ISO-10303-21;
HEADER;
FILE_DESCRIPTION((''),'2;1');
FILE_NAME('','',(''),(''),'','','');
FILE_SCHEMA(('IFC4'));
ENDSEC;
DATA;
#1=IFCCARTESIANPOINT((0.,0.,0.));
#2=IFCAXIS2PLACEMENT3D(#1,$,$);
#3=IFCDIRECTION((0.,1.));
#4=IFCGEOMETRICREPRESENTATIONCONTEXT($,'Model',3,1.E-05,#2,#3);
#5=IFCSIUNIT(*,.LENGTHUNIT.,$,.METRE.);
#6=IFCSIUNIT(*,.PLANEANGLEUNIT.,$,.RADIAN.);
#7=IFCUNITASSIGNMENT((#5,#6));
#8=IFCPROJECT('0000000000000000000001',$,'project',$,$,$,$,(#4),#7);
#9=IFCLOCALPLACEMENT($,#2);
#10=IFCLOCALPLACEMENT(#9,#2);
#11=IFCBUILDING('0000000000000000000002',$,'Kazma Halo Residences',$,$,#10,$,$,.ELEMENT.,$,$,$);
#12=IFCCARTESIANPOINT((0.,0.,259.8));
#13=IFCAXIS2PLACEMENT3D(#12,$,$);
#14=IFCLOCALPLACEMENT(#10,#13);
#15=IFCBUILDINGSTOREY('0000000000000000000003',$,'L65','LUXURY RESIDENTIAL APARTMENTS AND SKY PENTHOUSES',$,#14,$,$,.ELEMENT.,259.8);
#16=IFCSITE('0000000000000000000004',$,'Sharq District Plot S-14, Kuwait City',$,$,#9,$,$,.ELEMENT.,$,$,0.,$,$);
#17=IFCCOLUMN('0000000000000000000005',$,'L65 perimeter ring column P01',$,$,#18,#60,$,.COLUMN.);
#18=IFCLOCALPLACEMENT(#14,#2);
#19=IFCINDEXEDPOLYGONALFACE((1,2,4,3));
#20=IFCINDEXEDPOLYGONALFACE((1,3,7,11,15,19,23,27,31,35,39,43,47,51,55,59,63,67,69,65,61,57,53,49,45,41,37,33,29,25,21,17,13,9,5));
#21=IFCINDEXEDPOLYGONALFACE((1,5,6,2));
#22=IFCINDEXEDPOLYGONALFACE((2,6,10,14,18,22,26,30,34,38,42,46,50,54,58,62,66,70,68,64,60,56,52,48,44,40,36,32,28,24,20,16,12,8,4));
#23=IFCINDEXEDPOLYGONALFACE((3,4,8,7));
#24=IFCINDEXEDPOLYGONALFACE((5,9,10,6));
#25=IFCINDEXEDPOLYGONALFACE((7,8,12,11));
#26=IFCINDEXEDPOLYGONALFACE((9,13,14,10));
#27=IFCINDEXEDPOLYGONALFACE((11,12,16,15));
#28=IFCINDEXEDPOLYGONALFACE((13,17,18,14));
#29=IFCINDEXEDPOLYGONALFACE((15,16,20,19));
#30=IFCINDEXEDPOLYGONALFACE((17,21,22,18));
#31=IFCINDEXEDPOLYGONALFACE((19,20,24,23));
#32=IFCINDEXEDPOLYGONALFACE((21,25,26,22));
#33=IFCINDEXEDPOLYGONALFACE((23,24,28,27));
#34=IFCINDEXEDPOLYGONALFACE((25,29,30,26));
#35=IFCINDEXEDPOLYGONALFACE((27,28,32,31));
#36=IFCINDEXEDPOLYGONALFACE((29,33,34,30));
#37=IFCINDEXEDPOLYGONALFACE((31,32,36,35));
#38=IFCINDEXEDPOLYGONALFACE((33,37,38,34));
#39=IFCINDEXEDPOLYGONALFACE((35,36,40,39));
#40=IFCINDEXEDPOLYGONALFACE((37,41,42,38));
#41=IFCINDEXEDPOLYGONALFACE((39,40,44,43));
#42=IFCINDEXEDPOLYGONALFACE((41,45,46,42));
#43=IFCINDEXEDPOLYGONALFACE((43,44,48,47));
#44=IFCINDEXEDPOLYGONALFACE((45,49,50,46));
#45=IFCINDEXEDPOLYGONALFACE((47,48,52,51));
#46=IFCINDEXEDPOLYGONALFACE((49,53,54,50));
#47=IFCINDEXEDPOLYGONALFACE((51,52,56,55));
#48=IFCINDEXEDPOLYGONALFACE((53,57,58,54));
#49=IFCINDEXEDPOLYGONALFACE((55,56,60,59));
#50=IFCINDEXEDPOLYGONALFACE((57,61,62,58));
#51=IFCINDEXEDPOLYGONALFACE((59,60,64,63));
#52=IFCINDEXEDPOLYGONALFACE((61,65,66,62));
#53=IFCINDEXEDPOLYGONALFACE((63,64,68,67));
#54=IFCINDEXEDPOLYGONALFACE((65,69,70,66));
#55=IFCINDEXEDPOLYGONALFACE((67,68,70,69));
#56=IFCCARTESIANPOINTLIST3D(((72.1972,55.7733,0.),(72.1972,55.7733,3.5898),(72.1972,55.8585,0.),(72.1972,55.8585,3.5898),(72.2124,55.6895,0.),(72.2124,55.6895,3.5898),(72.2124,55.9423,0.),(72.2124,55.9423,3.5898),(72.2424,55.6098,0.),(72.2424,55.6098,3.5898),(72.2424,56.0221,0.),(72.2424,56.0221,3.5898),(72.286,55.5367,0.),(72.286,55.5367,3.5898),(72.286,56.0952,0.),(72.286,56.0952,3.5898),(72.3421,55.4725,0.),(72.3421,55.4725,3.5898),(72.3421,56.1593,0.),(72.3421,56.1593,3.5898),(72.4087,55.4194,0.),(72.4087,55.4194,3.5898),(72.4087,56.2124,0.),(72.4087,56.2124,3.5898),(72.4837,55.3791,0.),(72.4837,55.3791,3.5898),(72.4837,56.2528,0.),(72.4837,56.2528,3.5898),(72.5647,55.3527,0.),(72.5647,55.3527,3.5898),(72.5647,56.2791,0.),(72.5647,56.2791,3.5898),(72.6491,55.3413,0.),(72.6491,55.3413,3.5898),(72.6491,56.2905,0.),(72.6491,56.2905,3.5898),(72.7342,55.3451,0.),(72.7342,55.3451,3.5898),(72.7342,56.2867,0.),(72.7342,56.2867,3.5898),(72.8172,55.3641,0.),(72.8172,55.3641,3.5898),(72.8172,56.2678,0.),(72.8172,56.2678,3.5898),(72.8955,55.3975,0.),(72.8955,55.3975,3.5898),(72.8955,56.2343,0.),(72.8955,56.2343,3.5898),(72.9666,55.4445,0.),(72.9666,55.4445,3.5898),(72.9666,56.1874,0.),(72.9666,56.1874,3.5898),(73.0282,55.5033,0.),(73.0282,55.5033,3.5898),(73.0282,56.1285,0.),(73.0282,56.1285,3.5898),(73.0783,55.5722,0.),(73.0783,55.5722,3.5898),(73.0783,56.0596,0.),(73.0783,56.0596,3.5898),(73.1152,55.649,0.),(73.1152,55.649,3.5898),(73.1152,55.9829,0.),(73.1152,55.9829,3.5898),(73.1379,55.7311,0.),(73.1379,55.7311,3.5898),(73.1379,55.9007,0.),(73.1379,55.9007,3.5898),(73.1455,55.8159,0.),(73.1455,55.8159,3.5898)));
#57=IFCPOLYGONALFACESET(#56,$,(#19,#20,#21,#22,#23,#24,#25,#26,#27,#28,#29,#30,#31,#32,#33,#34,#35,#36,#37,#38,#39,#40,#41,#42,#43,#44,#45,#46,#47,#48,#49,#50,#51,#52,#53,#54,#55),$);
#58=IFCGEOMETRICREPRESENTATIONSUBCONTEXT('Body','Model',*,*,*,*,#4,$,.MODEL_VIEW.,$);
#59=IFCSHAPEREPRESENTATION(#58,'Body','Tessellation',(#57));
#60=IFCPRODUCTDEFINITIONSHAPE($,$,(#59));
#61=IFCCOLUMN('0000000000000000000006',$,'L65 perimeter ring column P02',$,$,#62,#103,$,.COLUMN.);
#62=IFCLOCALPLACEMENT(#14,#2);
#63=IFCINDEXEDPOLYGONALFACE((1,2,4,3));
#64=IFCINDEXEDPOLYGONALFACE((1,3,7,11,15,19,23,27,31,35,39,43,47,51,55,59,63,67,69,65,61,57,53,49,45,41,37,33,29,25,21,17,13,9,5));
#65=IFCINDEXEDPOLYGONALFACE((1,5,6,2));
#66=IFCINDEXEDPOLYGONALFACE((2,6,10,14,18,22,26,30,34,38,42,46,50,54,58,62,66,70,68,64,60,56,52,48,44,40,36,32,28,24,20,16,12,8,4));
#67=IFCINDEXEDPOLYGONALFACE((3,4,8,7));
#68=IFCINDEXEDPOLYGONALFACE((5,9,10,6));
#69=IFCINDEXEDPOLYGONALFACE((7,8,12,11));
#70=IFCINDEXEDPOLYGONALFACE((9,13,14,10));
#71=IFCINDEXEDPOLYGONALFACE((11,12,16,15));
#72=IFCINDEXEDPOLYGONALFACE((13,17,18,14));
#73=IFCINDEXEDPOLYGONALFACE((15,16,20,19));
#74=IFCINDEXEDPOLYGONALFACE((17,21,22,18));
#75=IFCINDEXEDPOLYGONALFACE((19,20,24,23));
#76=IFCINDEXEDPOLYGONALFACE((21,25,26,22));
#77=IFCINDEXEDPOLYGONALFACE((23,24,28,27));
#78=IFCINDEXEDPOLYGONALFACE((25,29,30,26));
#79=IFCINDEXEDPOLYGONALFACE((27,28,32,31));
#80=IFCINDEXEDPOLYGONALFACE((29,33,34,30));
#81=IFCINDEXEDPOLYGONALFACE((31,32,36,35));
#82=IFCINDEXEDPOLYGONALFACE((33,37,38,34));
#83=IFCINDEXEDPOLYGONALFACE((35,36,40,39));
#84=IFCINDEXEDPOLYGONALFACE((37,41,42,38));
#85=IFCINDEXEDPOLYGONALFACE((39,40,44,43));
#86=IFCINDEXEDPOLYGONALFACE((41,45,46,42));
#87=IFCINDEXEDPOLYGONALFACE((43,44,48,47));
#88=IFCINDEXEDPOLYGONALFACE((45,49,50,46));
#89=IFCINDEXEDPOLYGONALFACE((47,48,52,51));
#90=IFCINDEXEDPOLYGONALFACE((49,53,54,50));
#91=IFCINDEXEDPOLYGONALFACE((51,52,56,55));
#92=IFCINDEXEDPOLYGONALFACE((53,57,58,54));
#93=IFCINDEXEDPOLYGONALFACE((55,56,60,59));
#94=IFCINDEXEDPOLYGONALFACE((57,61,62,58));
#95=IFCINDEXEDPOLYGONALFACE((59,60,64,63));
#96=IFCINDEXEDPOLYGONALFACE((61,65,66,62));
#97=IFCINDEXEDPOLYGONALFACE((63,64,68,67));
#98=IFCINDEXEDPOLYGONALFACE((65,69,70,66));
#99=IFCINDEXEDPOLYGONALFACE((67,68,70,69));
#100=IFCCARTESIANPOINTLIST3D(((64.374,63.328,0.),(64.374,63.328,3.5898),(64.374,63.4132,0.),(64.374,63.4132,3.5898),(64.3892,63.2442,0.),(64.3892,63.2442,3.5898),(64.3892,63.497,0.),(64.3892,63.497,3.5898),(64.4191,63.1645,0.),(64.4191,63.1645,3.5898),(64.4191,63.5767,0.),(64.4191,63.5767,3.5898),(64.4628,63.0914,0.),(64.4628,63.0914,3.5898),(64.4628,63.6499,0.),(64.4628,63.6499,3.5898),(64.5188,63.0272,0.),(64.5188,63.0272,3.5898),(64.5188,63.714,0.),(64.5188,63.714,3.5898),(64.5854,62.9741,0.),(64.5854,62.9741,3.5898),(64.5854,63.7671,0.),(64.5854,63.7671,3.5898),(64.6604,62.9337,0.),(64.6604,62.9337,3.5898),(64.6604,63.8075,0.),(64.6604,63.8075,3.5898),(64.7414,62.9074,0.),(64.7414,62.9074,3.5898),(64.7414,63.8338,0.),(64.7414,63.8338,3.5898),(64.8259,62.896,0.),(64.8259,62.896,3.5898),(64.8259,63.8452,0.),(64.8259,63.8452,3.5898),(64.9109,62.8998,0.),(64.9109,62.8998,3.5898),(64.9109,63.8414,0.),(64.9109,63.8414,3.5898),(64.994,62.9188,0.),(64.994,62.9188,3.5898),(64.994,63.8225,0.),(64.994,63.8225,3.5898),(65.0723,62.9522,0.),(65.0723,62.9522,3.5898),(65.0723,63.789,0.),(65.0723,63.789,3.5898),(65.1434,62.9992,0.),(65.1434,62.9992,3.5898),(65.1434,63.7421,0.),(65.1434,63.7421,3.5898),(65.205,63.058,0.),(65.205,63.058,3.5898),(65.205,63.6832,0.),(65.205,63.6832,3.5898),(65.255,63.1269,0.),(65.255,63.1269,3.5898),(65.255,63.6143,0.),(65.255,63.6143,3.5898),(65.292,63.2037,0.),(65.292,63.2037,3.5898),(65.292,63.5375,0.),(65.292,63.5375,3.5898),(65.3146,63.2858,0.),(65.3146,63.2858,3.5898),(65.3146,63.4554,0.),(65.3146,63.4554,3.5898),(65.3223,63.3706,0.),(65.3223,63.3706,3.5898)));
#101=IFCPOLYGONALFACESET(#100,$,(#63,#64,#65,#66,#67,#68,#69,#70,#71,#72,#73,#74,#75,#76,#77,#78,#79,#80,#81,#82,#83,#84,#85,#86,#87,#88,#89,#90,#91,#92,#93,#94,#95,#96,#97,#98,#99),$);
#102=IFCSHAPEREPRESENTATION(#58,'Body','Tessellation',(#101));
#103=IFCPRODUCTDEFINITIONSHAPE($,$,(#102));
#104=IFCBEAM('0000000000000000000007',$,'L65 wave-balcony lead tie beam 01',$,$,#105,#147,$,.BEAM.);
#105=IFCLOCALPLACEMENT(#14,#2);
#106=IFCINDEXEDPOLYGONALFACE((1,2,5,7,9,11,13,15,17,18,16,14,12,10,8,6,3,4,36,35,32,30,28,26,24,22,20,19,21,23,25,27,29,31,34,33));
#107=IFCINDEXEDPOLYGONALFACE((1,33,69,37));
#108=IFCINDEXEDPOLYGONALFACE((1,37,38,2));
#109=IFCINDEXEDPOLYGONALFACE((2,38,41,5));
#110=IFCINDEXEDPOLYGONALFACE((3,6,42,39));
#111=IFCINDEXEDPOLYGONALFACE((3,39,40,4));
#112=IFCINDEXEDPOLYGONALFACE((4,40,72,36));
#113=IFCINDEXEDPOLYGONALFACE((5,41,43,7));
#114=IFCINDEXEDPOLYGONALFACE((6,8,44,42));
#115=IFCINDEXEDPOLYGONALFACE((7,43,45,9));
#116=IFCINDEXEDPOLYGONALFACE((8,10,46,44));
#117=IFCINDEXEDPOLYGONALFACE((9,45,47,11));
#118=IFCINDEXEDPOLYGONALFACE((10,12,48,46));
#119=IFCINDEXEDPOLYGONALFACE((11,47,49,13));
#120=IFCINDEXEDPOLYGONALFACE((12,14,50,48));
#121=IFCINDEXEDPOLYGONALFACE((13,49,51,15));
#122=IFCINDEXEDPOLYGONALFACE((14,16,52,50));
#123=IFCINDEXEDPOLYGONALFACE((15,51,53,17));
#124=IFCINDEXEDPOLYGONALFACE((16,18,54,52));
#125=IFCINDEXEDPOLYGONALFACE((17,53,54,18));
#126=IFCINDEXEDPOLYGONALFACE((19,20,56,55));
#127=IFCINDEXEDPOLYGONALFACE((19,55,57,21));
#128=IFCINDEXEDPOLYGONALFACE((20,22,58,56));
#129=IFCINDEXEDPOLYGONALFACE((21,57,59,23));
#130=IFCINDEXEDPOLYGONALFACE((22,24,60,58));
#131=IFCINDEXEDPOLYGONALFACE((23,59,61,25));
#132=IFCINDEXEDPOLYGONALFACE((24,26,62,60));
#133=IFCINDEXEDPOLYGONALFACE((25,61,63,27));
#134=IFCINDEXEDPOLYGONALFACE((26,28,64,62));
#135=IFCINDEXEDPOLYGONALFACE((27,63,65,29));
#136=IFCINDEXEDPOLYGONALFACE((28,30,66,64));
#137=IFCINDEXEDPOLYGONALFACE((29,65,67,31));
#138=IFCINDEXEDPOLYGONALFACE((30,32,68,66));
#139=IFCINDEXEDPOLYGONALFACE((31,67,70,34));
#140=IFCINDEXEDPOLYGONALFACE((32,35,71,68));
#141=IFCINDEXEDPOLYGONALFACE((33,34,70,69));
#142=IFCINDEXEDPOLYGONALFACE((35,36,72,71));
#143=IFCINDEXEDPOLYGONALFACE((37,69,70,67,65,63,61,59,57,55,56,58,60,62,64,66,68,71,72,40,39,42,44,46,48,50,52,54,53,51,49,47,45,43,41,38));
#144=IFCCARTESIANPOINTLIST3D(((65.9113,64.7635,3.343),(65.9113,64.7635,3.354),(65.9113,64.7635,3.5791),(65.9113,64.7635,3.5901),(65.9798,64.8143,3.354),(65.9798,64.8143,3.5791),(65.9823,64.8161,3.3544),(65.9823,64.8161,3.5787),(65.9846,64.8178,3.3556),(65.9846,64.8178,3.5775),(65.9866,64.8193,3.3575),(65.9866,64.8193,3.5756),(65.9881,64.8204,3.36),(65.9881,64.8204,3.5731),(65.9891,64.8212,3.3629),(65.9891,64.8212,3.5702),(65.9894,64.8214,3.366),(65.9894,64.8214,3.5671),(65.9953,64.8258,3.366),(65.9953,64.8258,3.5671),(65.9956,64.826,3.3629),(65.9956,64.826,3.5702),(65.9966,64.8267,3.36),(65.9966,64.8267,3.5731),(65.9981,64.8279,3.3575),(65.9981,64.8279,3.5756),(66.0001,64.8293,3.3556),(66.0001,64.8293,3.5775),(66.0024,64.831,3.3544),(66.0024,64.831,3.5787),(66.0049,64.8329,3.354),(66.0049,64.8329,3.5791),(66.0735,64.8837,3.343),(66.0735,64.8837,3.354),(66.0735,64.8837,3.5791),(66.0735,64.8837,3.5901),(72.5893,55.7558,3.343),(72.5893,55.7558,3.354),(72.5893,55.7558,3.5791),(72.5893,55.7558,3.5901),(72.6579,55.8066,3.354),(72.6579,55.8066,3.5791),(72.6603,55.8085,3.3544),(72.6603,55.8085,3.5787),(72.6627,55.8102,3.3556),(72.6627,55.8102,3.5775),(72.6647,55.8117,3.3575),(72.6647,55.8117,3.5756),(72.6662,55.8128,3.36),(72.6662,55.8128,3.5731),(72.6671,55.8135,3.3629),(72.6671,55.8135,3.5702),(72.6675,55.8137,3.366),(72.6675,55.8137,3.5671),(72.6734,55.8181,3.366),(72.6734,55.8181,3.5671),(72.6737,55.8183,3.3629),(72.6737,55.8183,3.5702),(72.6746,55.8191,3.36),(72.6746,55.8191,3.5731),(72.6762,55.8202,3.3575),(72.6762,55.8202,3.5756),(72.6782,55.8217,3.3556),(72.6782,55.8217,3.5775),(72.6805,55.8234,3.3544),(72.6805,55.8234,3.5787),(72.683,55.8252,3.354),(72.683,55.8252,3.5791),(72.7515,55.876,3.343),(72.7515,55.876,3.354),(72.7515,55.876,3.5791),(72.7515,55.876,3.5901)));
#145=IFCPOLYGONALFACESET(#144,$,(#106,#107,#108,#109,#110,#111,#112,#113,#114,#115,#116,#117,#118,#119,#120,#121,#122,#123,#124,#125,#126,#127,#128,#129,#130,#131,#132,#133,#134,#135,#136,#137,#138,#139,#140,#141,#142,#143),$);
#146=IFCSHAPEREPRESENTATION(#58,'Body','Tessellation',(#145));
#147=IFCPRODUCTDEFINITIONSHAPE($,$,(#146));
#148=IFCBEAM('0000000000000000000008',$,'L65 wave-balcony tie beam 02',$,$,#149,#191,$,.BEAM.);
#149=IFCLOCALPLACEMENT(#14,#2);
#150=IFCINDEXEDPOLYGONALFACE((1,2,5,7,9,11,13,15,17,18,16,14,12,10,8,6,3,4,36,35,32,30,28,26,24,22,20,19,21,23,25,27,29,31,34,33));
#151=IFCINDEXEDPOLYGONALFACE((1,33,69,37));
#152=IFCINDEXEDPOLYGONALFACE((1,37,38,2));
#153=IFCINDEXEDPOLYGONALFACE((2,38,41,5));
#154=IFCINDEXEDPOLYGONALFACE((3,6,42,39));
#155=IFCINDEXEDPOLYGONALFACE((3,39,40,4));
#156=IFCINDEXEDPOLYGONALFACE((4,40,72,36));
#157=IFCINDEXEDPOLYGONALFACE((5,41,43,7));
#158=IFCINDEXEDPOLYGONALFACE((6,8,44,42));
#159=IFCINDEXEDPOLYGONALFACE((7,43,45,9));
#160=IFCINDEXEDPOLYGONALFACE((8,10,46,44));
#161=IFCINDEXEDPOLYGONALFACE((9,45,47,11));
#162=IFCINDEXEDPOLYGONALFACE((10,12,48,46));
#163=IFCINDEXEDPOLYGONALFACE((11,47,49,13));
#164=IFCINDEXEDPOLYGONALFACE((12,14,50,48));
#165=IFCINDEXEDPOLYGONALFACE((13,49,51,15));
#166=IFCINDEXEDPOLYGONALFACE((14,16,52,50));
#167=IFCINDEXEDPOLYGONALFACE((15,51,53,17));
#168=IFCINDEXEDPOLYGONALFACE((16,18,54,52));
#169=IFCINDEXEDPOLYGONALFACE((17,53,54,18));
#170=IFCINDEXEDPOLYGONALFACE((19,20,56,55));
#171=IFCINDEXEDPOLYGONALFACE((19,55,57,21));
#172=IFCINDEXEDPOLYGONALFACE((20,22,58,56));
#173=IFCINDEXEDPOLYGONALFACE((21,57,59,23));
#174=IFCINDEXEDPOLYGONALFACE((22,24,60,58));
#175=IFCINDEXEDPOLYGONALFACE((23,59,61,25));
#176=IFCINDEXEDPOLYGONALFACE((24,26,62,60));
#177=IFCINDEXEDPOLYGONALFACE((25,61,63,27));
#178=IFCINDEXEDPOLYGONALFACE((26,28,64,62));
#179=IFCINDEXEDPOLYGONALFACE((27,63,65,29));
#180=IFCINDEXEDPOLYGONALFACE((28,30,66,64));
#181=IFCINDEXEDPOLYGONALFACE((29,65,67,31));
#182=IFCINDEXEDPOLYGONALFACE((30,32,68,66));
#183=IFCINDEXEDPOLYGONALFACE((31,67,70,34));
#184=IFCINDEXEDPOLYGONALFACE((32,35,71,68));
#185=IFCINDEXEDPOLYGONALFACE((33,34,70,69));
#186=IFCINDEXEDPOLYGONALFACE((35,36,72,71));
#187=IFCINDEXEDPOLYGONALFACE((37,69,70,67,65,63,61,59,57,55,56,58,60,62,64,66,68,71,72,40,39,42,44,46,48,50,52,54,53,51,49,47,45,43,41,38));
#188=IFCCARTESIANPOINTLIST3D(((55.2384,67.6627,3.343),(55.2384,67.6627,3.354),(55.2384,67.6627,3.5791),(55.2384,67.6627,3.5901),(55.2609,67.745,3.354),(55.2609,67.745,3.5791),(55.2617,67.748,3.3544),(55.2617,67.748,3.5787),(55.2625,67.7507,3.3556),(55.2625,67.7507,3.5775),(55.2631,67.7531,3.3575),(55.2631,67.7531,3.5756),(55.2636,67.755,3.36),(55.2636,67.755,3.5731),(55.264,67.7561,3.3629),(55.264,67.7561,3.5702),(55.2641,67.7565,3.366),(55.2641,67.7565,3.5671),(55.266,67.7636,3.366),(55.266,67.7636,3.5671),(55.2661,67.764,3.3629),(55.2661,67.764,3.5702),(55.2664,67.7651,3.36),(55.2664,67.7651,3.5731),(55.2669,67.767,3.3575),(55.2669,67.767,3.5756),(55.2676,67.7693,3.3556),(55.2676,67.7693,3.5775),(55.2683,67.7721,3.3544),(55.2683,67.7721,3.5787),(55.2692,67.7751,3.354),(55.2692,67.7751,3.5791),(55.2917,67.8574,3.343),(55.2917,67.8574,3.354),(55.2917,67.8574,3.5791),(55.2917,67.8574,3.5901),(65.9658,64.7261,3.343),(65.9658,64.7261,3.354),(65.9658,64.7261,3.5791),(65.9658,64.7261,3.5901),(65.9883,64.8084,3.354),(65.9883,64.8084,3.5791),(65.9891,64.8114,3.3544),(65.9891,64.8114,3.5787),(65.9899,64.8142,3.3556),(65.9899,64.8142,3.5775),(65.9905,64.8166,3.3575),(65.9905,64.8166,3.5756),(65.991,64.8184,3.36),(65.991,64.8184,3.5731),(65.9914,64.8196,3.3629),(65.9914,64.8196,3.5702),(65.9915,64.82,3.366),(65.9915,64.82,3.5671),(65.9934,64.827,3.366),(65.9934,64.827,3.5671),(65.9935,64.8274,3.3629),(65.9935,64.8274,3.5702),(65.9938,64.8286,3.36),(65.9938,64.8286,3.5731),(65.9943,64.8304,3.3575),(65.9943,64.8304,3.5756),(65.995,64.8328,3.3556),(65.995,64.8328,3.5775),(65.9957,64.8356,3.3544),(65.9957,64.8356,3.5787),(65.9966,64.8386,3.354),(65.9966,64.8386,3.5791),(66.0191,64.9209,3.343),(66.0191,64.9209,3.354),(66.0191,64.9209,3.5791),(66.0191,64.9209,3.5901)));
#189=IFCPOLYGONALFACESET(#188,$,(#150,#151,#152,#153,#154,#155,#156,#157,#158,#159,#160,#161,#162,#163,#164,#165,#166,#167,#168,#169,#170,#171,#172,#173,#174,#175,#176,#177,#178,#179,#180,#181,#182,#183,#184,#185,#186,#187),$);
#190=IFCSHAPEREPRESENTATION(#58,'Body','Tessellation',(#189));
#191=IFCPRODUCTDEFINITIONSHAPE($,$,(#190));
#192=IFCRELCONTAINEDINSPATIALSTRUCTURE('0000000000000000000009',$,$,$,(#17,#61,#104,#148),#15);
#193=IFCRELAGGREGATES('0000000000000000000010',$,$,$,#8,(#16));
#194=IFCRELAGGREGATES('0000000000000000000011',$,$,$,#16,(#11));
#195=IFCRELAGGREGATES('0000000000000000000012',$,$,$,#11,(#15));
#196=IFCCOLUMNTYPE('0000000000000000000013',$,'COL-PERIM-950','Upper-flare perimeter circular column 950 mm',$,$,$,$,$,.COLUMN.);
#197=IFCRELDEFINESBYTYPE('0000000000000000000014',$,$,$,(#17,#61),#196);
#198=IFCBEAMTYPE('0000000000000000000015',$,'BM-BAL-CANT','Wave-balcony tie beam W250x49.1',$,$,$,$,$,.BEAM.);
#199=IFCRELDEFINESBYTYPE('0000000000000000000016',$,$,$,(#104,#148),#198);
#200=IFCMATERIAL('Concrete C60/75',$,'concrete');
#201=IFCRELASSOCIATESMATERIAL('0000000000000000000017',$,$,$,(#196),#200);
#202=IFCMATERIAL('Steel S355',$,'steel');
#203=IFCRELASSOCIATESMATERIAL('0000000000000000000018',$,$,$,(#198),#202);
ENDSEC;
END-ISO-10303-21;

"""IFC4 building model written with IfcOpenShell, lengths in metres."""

from ifc_helpers import new_model, si_unit, direction, frame, origin, origin_2d, place, context, subcontext, project, spatial, circle, i_section, extrude, material, material_profile, profile_set, type_object, element, save


model = new_model("IFC4")

# Units and contexts
model_context = context("Model", 3, precision=1e-05, world=origin(), true_north=direction((0.0, 1.0)))
body_context = subcontext(model_context, "Body", "Model", "MODEL_VIEW")
ifc_project = project(units=[si_unit("LENGTHUNIT", "METRE"), si_unit("PLANEANGLEUNIT", "RADIAN")], contexts=[model_context])

# Site, building, storey
site_placement = place(None, origin())
site = spatial("IfcSite", under=ifc_project, at=site_placement, Name="Sharq District Plot S-14, Kuwait City", CompositionType="ELEMENT", RefElevation=0.0)
building_placement = place(site_placement, origin())
building = spatial("IfcBuilding", under=site, at=building_placement, Name="Kazma Halo Residences", CompositionType="ELEMENT")
storey_placement = place(building_placement, frame((0.0, 0.0, 259.8)))
storey = spatial("IfcBuildingStorey", under=building, at=storey_placement, Name="L65", Description="LUXURY RESIDENTIAL APARTMENTS AND SKY PENTHOUSES", CompositionType="ELEMENT", Elevation=259.8)

# Columns
ifc_material_1 = material(Name="Concrete C60/75", Category="concrete")
ifc_material_profile_1 = material_profile(ifc_material_1, circle(Radius=0.4751, at=origin_2d()), Name="CIRC950")
ifc_profile_set_1 = profile_set([ifc_material_profile_1], Name="Concrete C60/75")
column_type = type_object("IfcColumnType", Name="COL-PERIM-950", Description="Upper-flare perimeter circular column 950 mm", PredefinedType="COLUMN", material=ifc_profile_set_1)
for number, where, z_axis, x_axis, name in (
    (1, (72.6704, 55.8159, 0.0), (0.0, 0.0, 1.0), (1.0, 0.0, 0.0), "L65 perimeter ring column P01"),
    (2, (64.8472, 63.3706, 0.0), (0.0, 0.0, 1.0), (1.0, 0.0, 0.0), "L65 perimeter ring column P02"),
):
    element("IfcColumn", number, at=place(storey_placement, frame(where, z_axis=z_axis, x_axis=x_axis)), inside=storey, type_object=column_type, Name=name, PredefinedType="COLUMN", context=body_context, shape_type="SweptSolid", body=[
        extrude(circle(Radius=0.4751, at=origin_2d()), origin(), (0.0, 0.0, 1.0), 3.5898),
    ])

# Beams
ifc_material_2 = material(Name="Steel S355", Category="steel")
ifc_material_profile_2 = material_profile(ifc_material_2, i_section(OverallWidth=0.2019, OverallDepth=0.2471, WebThickness=0.0073, FlangeThickness=0.011, FilletRadius=0.012, at=origin_2d()), Name="W250x49.1")
ifc_profile_set_2 = profile_set([ifc_material_profile_2], Name="Steel S355")
beam_type_1 = type_object("IfcBeamType", Name="BM-BAL-CANT", Description="Wave-balcony tie beam W250x49.1", PredefinedType="BEAM", material=ifc_profile_set_2)
beam_1_placement = place(storey_placement, frame((72.6704, 55.8159, 3.4666), z_axis=(-0.595556, 0.803314, 0.0), x_axis=(-0.803314, -0.595556, 0.0)))
element("IfcBeam", 3, at=beam_1_placement, inside=storey, type_object=beam_type_1, Name="L65 wave-balcony lead tie beam 01", PredefinedType="BEAM", context=body_context, shape_type="SweptSolid", body=[
    extrude(i_section(OverallWidth=0.2019, OverallDepth=0.2471, WebThickness=0.0073, FlangeThickness=0.011, FilletRadius=0.012, at=origin_2d()), origin(), (0.0, 0.0, 1.0), 11.2131),
])
beam_2_placement = place(storey_placement, frame((65.9924, 64.8235, 3.4666), z_axis=(-0.964515, 0.264029, 0.0), x_axis=(-0.264029, -0.964515, 0.0)))
element("IfcBeam", 4, at=beam_2_placement, inside=storey, type_object=beam_type_1, Name="L65 wave-balcony tie beam 02", PredefinedType="BEAM", context=body_context, shape_type="SweptSolid", body=[
    extrude(i_section(OverallWidth=0.2019, OverallDepth=0.2471, WebThickness=0.0073, FlangeThickness=0.011, FilletRadius=0.012, at=origin_2d()), origin(), (0.0, 0.0, 1.0), 11.1221),
])

save(model, "model.ifc")
